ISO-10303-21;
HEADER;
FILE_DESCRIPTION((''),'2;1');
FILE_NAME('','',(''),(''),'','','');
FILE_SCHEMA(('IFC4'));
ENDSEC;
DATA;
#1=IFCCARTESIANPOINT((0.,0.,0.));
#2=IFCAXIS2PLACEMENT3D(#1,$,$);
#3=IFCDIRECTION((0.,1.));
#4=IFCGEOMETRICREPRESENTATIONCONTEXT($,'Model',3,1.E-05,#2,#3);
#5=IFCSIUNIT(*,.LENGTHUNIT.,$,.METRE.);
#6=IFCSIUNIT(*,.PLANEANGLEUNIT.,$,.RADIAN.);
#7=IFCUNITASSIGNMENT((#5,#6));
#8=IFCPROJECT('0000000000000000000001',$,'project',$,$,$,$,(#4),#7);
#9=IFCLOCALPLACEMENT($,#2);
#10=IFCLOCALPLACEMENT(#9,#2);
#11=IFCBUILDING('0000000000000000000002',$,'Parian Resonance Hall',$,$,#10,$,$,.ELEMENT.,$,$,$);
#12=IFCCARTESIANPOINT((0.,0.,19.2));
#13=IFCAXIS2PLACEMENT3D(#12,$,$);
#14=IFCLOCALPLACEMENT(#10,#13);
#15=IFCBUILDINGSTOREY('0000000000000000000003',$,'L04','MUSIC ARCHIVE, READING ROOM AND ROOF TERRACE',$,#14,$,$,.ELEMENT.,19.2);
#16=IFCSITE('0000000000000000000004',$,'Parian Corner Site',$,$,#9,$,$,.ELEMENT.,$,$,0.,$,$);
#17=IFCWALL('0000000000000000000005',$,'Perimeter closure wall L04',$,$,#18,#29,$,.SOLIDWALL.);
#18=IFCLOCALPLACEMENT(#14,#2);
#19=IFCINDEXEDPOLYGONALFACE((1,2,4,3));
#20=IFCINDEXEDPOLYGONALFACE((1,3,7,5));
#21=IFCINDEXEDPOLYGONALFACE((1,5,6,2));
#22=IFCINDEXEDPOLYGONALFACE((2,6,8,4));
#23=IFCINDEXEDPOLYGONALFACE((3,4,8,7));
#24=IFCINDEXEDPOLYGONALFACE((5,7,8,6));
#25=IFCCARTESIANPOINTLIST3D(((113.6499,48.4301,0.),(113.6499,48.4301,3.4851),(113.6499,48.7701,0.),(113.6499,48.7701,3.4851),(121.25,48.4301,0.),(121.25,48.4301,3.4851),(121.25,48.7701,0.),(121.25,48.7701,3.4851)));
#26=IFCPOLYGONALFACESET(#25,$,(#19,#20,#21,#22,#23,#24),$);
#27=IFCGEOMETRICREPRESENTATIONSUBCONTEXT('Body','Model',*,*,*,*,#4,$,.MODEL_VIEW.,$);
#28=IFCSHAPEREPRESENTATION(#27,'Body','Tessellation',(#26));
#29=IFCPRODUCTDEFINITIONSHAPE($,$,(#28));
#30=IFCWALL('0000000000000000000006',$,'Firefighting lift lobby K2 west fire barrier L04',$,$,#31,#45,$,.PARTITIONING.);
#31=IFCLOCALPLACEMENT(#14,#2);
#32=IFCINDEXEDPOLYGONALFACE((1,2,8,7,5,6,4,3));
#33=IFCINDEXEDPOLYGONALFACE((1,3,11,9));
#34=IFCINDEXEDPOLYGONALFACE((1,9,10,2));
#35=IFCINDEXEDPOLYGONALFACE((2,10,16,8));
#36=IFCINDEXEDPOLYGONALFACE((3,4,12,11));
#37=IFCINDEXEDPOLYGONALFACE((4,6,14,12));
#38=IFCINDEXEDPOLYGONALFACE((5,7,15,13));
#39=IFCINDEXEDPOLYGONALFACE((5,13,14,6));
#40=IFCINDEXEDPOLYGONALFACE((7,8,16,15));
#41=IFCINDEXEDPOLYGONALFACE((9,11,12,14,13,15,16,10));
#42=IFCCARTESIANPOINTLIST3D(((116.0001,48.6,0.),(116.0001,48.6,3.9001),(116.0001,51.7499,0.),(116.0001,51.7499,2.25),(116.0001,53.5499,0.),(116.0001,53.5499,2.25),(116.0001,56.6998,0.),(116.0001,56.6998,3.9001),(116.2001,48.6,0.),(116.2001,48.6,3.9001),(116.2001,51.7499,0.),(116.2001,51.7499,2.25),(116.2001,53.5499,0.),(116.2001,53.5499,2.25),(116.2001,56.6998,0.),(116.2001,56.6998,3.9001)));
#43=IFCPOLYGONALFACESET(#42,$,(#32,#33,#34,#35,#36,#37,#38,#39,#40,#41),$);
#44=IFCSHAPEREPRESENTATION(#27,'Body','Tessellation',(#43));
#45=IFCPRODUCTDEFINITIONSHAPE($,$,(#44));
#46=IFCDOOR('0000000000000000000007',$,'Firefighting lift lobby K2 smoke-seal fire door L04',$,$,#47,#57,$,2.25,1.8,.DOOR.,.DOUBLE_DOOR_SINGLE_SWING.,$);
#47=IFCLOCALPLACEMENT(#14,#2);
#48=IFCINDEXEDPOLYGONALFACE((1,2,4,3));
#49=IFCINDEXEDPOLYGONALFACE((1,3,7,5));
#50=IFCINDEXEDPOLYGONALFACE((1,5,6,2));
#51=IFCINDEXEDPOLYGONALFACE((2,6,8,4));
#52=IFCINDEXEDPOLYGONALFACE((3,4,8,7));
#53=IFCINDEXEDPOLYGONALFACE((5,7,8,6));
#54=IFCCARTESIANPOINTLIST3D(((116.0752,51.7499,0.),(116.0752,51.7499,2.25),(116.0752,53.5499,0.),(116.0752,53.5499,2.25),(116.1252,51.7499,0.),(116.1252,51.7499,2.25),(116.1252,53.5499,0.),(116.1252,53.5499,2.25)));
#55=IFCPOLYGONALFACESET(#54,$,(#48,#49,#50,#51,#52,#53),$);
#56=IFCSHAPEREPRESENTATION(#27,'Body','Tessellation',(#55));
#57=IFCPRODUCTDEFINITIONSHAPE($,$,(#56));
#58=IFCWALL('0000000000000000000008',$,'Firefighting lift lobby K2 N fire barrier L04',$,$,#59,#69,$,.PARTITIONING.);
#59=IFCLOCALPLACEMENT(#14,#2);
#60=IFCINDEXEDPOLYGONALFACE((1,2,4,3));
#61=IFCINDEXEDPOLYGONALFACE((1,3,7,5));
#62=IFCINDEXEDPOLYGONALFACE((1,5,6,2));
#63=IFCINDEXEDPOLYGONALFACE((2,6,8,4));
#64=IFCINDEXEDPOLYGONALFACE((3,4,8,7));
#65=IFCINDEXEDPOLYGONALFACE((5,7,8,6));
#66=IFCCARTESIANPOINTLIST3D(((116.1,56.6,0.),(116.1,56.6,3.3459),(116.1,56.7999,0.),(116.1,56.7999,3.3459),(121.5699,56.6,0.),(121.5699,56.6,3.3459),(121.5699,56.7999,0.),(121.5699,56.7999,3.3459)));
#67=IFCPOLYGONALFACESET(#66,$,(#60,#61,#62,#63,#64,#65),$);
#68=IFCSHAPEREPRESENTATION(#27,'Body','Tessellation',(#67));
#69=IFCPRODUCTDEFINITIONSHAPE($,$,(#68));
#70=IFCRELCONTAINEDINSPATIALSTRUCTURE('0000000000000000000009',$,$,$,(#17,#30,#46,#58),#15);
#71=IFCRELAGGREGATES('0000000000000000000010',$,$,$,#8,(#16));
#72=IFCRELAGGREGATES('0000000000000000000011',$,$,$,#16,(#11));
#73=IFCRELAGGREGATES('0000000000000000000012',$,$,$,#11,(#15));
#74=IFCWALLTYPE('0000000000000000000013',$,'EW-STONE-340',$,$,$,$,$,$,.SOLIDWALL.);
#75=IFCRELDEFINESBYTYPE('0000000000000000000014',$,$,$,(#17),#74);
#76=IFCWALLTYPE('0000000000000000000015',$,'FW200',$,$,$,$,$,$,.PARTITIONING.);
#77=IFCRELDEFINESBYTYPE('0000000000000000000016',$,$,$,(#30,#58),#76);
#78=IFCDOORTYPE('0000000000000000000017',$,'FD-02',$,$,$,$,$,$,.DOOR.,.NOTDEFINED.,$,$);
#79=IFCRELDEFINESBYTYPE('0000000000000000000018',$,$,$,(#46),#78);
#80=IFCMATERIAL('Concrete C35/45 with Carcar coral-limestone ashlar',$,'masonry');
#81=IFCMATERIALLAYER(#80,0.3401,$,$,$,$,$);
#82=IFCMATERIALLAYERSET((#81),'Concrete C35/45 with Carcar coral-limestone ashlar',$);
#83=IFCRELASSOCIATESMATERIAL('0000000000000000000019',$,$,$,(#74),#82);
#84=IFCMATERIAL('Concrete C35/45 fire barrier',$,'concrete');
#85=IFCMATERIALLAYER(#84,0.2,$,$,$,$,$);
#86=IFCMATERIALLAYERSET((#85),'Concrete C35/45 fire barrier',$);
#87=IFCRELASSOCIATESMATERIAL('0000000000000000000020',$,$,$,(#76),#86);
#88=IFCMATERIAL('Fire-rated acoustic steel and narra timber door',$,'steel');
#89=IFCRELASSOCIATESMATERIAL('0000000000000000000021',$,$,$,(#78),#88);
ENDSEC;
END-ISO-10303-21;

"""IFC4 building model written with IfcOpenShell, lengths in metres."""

from ifc_helpers import new_model, si_unit, direction, frame, frame_2d, origin, place, context, subcontext, project, spatial, rectangle, extrude, material, layer, layer_set, type_object, element, fill, save


model = new_model("IFC4")

# Units and contexts
model_context = context("Model", 3, precision=1e-05, world=origin(), true_north=direction((0.0, 1.0)))
body_context = subcontext(model_context, "Body", "Model", "MODEL_VIEW")
ifc_project = project(units=[si_unit("LENGTHUNIT", "METRE"), si_unit("PLANEANGLEUNIT", "RADIAN")], contexts=[model_context])

# Site, building, storey
site_placement = place(None, origin())
site = spatial("IfcSite", under=ifc_project, at=site_placement, Name="Parian Corner Site", CompositionType="ELEMENT", RefElevation=0.0)
building_placement = place(site_placement, origin())
building = spatial("IfcBuilding", under=site, at=building_placement, Name="Parian Resonance Hall", CompositionType="ELEMENT")
storey_placement = place(building_placement, frame((0.0, 0.0, 19.2)))
storey = spatial("IfcBuildingStorey", under=building, at=storey_placement, Name="L04", Description="MUSIC ARCHIVE, READING ROOM AND ROOF TERRACE", CompositionType="ELEMENT", Elevation=19.2)

# Shared definitions
ifc_material_1 = material(Name="Concrete C35/45 with Carcar coral-limestone ashlar", Category="masonry")
ifc_layer_1 = layer(ifc_material_1, 0.3401)
ifc_layer_set_1 = layer_set([ifc_layer_1], Name="Concrete C35/45 with Carcar coral-limestone ashlar")
wall_type_1 = type_object("IfcWallType", Name="EW-STONE-340", PredefinedType="SOLIDWALL", material=ifc_layer_set_1)

# Wall
wall_1_placement = place(storey_placement, frame((113.6499, 48.6001, 0.0), z_axis=(0.0, 0.0, 1.0), x_axis=(1.0, 0.0, 0.0)))
element("IfcWall", 1, at=wall_1_placement, inside=storey, type_object=wall_type_1, Name="Perimeter closure wall L04", PredefinedType="SOLIDWALL", context=body_context, shape_type="SweptSolid", body=[
    extrude(rectangle(XDim=7.6001, YDim=0.3401, at=frame_2d((3.8, 0.0))), origin(), (0.0, 0.0, 1.0), 3.4851),
])

# Wall, opening, door
ifc_material_2 = material(Name="Concrete C35/45 fire barrier", Category="concrete")
ifc_layer_2 = layer(ifc_material_2, 0.2)
ifc_layer_set_2 = layer_set([ifc_layer_2], Name="Concrete C35/45 fire barrier")
wall_type_2 = type_object("IfcWallType", Name="FW200", PredefinedType="PARTITIONING", material=ifc_layer_set_2)
wall_2_placement = place(storey_placement, frame((116.1001, 48.6001, 0.0), z_axis=(0.0, 0.0, 1.0), x_axis=(0.0, 1.0, 0.0)))
wall_2 = element("IfcWall", 2, at=wall_2_placement, inside=storey, type_object=wall_type_2, Name="Firefighting lift lobby K2 west fire barrier L04", PredefinedType="PARTITIONING", context=body_context, shape_type="SweptSolid", body=[
    extrude(rectangle(XDim=8.0999, YDim=0.2, at=frame_2d((4.0498, 0.0))), origin(), (0.0, 0.0, 1.0), 3.9001),
])
opening_1_placement = place(wall_2_placement, frame((3.1499, 0.0, 0.0)))
opening_1 = element("IfcOpeningElement", 3, at=opening_1_placement, cuts=wall_2, PredefinedType="OPENING", context=body_context, shape_type="SweptSolid", body=[
    extrude(rectangle(XDim=1.8, YDim=2.25, at=frame_2d((0.8999, 1.125))), frame((0.0, 0.1099, 0.0), z_axis=(0.0, -1.0, 0.0), x_axis=(1.0, 0.0, 0.0)), (0.0, 0.0, 1.0), 0.22),
])
ifc_material_3 = material(Name="Fire-rated acoustic steel and narra timber door", Category="steel")
door_type_1 = type_object("IfcDoorType", Name="FD-02", OperationType="NOTDEFINED", PredefinedType="DOOR", material=ifc_material_3)
door_1_placement = place(opening_1_placement, origin())
door_1 = element("IfcDoor", 4, at=door_1_placement, inside=storey, type_object=door_type_1, Name="Firefighting lift lobby K2 smoke-seal fire door L04", OperationType="DOUBLE_DOOR_SINGLE_SWING", OverallHeight=2.25, OverallWidth=1.8, PredefinedType="DOOR", context=body_context, shape_type="SweptSolid", body=[
    extrude(rectangle(XDim=1.8, YDim=2.25, at=frame_2d((0.8999, 1.125))), frame((0.0, 0.0249, 0.0), z_axis=(0.0, -1.0, 0.0), x_axis=(1.0, 0.0, 0.0)), (0.0, 0.0, 1.0), 0.05),
])
fill(opening_1, door_1)

# Wall
wall_3_placement = place(storey_placement, frame((116.1001, 56.7, 0.0), z_axis=(0.0, 0.0, 1.0), x_axis=(1.0, 0.0, 0.0)))
element("IfcWall", 5, at=wall_3_placement, inside=storey, type_object=wall_type_2, Name="Firefighting lift lobby K2 N fire barrier L04", PredefinedType="PARTITIONING", context=body_context, shape_type="SweptSolid", body=[
    extrude(rectangle(XDim=5.47, YDim=0.2, at=frame_2d((2.7349, 0.0))), origin(), (0.0, 0.0, 1.0), 3.3459),
])

save(model, "model.ifc")
